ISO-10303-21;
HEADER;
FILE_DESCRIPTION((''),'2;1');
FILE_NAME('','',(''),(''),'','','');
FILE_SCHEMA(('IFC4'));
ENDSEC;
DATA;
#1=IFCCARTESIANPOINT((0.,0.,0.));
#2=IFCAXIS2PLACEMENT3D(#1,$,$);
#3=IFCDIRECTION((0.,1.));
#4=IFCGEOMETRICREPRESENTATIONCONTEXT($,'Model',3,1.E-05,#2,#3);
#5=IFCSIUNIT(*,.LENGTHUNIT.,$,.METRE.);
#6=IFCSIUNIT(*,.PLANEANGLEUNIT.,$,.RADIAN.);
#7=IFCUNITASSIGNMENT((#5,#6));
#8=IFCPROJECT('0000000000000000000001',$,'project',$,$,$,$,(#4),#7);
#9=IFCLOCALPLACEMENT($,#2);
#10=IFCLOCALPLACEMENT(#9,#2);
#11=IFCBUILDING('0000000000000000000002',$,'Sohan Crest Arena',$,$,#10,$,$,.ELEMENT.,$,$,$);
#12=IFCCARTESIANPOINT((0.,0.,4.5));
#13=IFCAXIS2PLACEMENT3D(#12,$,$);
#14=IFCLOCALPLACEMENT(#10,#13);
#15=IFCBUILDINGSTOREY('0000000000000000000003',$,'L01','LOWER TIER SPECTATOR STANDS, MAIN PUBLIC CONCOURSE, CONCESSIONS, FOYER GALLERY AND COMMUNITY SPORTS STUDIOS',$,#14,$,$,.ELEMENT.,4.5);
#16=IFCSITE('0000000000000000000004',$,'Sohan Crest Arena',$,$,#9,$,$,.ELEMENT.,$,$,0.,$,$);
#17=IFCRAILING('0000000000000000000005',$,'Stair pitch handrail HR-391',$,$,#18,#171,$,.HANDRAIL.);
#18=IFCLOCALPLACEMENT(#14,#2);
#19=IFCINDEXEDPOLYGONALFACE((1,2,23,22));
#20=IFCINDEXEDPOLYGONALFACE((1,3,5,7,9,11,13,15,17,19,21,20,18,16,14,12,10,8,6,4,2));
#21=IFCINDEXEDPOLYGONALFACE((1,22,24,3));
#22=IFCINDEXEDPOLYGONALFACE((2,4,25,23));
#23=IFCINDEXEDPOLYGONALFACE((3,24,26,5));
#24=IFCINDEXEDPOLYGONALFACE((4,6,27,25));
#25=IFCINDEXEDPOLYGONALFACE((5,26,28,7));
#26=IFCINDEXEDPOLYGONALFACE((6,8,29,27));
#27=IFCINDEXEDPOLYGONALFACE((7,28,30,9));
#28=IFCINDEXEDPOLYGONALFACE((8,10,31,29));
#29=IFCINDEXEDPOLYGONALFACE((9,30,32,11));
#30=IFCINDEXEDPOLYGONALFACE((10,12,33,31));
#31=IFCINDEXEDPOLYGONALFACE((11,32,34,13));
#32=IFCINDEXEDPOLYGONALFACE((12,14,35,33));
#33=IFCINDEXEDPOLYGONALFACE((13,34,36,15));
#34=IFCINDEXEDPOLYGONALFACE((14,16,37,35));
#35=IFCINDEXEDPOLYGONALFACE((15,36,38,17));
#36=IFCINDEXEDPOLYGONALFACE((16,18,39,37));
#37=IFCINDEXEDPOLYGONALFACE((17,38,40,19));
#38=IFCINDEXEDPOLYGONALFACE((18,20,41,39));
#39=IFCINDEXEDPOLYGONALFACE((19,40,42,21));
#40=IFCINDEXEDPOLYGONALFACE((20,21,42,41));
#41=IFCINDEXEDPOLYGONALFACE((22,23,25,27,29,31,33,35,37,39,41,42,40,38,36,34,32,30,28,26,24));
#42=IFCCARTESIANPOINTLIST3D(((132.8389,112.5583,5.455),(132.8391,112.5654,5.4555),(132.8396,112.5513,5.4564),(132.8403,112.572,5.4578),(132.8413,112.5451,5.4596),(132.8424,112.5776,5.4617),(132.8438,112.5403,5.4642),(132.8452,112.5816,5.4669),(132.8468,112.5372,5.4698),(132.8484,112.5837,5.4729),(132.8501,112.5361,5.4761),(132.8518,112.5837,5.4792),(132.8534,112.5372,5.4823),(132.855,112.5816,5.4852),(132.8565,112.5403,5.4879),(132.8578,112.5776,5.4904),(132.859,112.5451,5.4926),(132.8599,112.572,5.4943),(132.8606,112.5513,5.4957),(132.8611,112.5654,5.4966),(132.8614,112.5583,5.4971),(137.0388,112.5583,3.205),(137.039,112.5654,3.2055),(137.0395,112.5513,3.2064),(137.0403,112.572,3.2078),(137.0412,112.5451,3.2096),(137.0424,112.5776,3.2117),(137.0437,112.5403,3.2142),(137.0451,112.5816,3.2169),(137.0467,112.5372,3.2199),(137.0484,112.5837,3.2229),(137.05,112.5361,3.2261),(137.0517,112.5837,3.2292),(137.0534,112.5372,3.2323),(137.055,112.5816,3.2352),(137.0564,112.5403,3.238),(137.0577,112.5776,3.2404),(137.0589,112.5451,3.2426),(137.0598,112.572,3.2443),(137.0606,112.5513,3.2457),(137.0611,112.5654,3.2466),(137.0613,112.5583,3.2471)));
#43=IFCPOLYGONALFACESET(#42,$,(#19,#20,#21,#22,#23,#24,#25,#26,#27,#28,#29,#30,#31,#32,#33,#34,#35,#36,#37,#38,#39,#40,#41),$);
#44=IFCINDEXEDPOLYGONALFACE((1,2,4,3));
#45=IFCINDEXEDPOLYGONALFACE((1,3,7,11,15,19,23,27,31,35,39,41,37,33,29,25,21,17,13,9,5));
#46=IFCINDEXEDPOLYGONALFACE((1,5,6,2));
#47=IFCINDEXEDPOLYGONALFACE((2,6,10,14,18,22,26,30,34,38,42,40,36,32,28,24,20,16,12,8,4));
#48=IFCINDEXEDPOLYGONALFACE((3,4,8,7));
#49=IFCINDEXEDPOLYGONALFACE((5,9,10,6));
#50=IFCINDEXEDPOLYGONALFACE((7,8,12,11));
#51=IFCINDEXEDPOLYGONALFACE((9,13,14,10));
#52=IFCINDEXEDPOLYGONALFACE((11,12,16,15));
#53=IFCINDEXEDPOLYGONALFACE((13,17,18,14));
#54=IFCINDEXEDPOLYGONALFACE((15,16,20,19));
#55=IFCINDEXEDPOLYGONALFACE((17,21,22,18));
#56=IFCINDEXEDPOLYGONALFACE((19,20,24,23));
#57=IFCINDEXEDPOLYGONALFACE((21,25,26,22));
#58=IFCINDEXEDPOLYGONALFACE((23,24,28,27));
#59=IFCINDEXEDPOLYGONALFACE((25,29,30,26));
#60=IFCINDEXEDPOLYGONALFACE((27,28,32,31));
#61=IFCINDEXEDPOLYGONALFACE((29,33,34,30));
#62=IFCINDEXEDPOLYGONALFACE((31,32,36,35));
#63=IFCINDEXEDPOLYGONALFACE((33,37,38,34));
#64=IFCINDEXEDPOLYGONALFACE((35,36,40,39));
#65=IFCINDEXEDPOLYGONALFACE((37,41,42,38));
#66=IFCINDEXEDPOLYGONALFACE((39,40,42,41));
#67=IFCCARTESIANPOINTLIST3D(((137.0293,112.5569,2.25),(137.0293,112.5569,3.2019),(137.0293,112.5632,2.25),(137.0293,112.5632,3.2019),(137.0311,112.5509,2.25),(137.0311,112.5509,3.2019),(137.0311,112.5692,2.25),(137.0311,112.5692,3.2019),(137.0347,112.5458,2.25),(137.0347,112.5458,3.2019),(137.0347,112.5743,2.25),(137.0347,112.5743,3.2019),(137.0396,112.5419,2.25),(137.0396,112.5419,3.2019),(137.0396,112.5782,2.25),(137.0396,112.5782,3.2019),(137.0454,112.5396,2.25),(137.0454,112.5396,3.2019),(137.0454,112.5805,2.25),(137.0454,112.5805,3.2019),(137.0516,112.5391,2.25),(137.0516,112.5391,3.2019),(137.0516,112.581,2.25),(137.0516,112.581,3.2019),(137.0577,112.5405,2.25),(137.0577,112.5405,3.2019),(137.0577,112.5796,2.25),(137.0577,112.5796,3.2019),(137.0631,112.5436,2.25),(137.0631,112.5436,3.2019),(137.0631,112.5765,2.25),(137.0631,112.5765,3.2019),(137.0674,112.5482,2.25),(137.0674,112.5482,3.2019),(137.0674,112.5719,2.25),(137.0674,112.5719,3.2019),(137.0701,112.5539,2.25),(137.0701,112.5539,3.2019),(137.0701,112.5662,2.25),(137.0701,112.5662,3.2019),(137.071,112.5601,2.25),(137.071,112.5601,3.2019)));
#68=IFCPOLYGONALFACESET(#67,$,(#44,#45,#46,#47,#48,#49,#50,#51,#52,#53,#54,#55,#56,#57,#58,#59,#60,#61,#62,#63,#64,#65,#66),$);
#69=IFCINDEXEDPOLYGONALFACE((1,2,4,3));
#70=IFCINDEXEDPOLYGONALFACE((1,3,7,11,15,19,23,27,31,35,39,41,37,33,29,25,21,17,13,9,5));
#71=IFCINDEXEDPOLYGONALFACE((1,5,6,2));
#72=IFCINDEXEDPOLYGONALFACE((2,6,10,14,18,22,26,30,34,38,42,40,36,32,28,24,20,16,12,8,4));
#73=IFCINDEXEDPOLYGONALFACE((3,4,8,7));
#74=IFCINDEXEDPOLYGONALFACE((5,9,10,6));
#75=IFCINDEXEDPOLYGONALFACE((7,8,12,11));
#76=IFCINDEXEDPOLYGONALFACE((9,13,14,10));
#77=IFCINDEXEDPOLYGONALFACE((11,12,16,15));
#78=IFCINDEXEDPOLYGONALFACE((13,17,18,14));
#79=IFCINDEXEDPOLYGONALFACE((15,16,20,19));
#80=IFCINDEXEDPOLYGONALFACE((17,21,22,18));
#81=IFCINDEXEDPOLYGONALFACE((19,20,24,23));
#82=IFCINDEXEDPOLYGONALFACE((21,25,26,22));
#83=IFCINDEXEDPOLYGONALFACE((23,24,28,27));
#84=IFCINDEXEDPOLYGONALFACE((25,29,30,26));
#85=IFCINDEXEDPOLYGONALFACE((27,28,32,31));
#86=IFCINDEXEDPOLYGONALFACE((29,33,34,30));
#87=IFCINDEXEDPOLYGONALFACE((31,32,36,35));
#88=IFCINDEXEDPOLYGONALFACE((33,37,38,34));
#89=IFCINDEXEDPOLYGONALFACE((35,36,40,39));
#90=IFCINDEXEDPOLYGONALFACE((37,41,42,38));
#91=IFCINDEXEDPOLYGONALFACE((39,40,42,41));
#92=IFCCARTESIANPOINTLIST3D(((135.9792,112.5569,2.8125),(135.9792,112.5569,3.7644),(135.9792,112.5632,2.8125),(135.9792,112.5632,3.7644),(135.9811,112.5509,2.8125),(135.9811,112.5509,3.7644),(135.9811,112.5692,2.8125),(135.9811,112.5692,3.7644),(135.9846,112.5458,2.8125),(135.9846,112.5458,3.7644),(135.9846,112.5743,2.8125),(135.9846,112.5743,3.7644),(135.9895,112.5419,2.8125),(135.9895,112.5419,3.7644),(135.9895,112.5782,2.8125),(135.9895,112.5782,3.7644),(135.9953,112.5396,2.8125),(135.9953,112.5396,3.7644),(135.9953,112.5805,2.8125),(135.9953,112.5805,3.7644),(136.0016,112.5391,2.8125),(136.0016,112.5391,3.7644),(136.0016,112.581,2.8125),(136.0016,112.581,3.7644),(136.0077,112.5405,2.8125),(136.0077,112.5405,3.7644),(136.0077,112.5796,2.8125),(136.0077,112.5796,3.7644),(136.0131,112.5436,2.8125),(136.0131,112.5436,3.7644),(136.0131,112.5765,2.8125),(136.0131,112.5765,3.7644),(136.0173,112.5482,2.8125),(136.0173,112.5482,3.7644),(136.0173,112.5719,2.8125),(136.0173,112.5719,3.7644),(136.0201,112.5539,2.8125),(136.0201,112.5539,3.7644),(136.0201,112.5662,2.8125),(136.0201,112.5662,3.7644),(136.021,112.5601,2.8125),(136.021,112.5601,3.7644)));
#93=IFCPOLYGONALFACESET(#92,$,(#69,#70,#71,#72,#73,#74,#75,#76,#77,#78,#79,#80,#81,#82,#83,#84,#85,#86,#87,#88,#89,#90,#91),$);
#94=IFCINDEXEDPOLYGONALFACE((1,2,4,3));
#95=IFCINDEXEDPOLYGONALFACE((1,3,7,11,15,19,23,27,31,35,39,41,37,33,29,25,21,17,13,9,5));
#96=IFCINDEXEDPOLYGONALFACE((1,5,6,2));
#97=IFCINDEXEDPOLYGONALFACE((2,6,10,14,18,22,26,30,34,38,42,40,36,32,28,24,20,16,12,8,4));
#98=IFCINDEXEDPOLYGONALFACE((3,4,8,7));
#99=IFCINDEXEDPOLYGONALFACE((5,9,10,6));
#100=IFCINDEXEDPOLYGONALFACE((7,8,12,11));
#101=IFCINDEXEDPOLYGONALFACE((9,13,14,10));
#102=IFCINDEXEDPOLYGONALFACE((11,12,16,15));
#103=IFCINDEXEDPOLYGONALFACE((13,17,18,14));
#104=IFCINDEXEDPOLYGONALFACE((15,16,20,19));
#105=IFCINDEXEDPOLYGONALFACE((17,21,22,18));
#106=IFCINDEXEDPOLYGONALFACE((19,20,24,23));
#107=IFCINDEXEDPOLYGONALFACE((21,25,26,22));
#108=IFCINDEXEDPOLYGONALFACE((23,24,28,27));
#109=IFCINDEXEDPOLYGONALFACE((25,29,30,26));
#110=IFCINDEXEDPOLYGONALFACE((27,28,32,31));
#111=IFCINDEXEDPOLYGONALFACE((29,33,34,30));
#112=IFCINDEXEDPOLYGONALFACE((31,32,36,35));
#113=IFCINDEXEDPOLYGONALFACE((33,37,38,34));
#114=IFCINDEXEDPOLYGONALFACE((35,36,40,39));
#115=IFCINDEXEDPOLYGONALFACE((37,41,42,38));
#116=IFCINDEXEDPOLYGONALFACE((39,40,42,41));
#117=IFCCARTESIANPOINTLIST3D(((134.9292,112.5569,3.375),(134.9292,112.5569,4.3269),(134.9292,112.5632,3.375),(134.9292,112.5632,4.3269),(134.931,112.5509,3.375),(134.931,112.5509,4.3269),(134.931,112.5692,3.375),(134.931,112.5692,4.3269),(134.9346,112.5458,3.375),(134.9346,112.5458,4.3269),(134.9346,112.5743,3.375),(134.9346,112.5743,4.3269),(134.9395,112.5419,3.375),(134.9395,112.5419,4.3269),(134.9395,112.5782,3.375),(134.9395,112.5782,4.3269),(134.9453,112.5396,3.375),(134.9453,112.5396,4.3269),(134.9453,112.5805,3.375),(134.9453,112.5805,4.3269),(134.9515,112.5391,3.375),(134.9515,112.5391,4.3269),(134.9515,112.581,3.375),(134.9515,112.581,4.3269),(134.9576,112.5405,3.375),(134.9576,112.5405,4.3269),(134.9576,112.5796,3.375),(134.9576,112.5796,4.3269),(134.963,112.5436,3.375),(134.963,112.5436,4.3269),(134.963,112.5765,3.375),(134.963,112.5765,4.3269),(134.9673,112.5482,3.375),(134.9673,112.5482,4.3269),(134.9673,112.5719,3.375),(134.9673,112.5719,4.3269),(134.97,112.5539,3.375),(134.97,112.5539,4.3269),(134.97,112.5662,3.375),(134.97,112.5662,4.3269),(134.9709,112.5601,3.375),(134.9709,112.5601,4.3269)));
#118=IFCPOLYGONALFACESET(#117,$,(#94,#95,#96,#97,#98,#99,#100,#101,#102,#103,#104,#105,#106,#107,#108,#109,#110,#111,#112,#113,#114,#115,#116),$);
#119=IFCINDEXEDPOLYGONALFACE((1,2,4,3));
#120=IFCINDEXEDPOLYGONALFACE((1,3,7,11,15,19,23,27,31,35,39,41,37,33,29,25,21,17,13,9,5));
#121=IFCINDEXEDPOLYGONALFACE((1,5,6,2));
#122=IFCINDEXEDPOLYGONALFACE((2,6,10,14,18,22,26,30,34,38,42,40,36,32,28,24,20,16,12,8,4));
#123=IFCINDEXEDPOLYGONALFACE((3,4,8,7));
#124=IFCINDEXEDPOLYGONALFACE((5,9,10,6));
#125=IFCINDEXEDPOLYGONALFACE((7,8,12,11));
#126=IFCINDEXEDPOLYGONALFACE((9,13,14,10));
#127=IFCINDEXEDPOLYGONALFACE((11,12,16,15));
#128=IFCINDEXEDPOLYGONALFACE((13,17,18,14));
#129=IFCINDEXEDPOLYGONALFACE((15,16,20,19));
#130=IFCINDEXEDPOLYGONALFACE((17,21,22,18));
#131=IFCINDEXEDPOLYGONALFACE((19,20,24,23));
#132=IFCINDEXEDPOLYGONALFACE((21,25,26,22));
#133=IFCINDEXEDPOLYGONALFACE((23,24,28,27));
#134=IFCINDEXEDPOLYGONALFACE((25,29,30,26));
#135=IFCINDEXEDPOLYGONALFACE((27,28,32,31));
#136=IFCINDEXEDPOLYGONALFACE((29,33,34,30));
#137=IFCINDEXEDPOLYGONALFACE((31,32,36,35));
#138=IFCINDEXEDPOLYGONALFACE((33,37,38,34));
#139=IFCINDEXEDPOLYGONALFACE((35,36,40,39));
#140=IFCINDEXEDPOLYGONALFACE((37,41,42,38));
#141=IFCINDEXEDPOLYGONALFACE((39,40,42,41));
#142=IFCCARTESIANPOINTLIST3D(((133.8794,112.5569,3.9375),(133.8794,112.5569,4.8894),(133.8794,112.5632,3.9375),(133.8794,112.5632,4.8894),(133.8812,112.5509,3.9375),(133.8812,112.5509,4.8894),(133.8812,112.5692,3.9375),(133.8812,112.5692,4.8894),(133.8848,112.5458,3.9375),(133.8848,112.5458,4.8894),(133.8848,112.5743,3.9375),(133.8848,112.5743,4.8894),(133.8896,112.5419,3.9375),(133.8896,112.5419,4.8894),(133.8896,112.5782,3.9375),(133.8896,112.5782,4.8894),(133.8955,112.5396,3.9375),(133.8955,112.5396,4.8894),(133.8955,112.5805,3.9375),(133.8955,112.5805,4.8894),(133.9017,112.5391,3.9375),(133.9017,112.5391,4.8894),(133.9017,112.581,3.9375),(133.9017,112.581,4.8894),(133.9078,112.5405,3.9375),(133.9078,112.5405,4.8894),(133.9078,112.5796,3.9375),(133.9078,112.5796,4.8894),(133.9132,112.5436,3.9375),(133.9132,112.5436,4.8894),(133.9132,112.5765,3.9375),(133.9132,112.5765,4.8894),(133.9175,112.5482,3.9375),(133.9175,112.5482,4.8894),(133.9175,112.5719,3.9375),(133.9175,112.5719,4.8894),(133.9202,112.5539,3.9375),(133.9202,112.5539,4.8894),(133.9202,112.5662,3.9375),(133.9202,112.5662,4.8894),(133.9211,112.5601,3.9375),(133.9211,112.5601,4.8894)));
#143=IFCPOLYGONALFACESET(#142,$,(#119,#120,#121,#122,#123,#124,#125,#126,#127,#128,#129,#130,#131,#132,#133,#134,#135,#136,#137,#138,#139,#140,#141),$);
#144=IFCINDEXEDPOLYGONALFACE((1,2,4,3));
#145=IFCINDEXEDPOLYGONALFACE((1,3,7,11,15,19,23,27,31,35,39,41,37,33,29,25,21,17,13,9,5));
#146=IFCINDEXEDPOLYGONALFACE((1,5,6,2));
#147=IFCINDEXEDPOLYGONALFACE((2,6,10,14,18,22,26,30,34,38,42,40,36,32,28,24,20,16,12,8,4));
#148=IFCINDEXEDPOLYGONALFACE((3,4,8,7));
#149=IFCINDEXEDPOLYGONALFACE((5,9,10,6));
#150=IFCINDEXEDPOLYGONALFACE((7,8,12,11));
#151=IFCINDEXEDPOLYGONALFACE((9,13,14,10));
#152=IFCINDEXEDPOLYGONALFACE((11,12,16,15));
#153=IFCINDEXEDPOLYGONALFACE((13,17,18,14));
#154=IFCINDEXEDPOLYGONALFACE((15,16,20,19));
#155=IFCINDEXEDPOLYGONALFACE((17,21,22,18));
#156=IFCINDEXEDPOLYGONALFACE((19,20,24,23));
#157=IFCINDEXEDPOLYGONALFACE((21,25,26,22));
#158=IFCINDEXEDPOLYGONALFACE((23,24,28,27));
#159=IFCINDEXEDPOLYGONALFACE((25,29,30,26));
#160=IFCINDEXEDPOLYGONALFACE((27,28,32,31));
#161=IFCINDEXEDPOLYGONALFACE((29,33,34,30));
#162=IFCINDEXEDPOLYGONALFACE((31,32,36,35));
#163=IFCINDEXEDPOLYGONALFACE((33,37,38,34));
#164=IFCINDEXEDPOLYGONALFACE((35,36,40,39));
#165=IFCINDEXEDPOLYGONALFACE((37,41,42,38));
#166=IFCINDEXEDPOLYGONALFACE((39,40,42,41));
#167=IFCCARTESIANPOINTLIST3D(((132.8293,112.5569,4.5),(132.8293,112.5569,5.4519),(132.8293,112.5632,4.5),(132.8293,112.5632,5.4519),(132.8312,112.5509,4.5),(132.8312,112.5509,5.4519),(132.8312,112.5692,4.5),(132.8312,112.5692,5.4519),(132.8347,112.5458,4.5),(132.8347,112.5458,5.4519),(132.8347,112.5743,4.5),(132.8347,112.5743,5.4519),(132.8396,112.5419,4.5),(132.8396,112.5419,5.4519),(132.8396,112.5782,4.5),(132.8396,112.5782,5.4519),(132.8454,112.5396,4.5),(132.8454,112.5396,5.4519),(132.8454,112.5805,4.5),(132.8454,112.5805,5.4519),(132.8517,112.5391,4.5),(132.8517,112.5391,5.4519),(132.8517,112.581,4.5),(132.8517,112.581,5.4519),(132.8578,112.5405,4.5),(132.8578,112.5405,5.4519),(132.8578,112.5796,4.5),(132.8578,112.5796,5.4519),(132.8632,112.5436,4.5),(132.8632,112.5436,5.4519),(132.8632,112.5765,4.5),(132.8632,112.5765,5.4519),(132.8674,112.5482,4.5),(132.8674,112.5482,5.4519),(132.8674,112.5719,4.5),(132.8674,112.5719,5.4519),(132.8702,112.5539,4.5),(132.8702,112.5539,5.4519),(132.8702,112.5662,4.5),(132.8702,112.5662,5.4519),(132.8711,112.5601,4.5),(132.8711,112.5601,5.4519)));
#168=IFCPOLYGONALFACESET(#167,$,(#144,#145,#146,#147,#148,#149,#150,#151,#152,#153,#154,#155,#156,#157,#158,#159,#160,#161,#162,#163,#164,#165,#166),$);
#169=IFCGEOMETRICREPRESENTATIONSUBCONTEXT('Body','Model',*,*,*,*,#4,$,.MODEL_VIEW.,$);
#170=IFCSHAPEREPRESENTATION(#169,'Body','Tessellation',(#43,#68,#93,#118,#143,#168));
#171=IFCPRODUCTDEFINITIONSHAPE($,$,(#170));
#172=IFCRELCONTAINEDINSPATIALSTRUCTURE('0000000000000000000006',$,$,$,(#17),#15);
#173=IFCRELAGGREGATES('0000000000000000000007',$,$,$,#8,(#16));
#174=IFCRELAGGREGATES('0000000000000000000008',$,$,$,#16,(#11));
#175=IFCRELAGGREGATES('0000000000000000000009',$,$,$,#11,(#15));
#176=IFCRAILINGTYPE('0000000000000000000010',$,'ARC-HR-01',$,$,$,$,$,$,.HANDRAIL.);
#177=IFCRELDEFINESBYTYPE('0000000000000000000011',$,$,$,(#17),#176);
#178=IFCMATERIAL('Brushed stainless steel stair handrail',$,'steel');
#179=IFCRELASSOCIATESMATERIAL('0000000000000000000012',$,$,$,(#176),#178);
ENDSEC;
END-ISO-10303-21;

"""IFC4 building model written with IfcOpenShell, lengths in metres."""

from ifc_helpers import new_model, si_unit, direction, frame, origin, origin_2d, place, context, subcontext, project, spatial, circle, extrude, material, type_object, element, save


model = new_model("IFC4")

# Units and contexts
model_context = context("Model", 3, precision=1e-05, world=origin(), true_north=direction((0.0, 1.0)))
body_context = subcontext(model_context, "Body", "Model", "MODEL_VIEW")
ifc_project = project(units=[si_unit("LENGTHUNIT", "METRE"), si_unit("PLANEANGLEUNIT", "RADIAN")], contexts=[model_context])

# Site, building, storey
site_placement = place(None, origin())
site = spatial("IfcSite", under=ifc_project, at=site_placement, Name="Sohan Crest Arena", CompositionType="ELEMENT", RefElevation=0.0)
building_placement = place(site_placement, origin())
building = spatial("IfcBuilding", under=site, at=building_placement, Name="Sohan Crest Arena", CompositionType="ELEMENT")
storey_placement = place(building_placement, frame((0.0, 0.0, 4.5)))
storey = spatial("IfcBuildingStorey", under=building, at=storey_placement, Name="L01", Description="LOWER TIER SPECTATOR STANDS, MAIN PUBLIC CONCOURSE, CONCESSIONS, FOYER GALLERY AND COMMUNITY SPORTS STUDIOS", CompositionType="ELEMENT", Elevation=4.5)

# Railing
ifc_material_1 = material(Name="Brushed stainless steel stair handrail", Category="steel")
railing_type_1 = type_object("IfcRailingType", Name="ARC-HR-01", PredefinedType="HANDRAIL", material=ifc_material_1)
railing_1_placement = place(storey_placement, frame((137.05, 112.5601, 2.25)))
element("IfcRailing", 1, at=railing_1_placement, inside=storey, type_object=railing_type_1, Name="Stair pitch handrail HR-391", PredefinedType="HANDRAIL", context=body_context, shape_type="SweptSolid", body=[
    extrude(circle(Radius=0.0239, at=origin_2d()), frame((0.0, 0.0, 0.9761), z_axis=(-0.881478, 0.0, 0.472226), x_axis=(0.0, -1.0, 0.0)), (0.0, 0.0, 1.0), 4.7646),
    extrude(circle(Radius=0.021, at=origin_2d()), origin(), (0.0, 0.0, 1.0), 0.9519),
    extrude(circle(Radius=0.021, at=origin_2d()), frame((-1.05, 0.0, 0.5625)), (0.0, 0.0, 1.0), 0.9519),
    extrude(circle(Radius=0.021, at=origin_2d()), frame((-2.1001, 0.0, 1.125)), (0.0, 0.0, 1.0), 0.9519),
    extrude(circle(Radius=0.021, at=origin_2d()), frame((-3.1499, 0.0, 1.6875)), (0.0, 0.0, 1.0), 0.9519),
    extrude(circle(Radius=0.021, at=origin_2d()), frame((-4.2, 0.0, 2.25)), (0.0, 0.0, 1.0), 0.9519),
])

save(model, "model.ifc")
